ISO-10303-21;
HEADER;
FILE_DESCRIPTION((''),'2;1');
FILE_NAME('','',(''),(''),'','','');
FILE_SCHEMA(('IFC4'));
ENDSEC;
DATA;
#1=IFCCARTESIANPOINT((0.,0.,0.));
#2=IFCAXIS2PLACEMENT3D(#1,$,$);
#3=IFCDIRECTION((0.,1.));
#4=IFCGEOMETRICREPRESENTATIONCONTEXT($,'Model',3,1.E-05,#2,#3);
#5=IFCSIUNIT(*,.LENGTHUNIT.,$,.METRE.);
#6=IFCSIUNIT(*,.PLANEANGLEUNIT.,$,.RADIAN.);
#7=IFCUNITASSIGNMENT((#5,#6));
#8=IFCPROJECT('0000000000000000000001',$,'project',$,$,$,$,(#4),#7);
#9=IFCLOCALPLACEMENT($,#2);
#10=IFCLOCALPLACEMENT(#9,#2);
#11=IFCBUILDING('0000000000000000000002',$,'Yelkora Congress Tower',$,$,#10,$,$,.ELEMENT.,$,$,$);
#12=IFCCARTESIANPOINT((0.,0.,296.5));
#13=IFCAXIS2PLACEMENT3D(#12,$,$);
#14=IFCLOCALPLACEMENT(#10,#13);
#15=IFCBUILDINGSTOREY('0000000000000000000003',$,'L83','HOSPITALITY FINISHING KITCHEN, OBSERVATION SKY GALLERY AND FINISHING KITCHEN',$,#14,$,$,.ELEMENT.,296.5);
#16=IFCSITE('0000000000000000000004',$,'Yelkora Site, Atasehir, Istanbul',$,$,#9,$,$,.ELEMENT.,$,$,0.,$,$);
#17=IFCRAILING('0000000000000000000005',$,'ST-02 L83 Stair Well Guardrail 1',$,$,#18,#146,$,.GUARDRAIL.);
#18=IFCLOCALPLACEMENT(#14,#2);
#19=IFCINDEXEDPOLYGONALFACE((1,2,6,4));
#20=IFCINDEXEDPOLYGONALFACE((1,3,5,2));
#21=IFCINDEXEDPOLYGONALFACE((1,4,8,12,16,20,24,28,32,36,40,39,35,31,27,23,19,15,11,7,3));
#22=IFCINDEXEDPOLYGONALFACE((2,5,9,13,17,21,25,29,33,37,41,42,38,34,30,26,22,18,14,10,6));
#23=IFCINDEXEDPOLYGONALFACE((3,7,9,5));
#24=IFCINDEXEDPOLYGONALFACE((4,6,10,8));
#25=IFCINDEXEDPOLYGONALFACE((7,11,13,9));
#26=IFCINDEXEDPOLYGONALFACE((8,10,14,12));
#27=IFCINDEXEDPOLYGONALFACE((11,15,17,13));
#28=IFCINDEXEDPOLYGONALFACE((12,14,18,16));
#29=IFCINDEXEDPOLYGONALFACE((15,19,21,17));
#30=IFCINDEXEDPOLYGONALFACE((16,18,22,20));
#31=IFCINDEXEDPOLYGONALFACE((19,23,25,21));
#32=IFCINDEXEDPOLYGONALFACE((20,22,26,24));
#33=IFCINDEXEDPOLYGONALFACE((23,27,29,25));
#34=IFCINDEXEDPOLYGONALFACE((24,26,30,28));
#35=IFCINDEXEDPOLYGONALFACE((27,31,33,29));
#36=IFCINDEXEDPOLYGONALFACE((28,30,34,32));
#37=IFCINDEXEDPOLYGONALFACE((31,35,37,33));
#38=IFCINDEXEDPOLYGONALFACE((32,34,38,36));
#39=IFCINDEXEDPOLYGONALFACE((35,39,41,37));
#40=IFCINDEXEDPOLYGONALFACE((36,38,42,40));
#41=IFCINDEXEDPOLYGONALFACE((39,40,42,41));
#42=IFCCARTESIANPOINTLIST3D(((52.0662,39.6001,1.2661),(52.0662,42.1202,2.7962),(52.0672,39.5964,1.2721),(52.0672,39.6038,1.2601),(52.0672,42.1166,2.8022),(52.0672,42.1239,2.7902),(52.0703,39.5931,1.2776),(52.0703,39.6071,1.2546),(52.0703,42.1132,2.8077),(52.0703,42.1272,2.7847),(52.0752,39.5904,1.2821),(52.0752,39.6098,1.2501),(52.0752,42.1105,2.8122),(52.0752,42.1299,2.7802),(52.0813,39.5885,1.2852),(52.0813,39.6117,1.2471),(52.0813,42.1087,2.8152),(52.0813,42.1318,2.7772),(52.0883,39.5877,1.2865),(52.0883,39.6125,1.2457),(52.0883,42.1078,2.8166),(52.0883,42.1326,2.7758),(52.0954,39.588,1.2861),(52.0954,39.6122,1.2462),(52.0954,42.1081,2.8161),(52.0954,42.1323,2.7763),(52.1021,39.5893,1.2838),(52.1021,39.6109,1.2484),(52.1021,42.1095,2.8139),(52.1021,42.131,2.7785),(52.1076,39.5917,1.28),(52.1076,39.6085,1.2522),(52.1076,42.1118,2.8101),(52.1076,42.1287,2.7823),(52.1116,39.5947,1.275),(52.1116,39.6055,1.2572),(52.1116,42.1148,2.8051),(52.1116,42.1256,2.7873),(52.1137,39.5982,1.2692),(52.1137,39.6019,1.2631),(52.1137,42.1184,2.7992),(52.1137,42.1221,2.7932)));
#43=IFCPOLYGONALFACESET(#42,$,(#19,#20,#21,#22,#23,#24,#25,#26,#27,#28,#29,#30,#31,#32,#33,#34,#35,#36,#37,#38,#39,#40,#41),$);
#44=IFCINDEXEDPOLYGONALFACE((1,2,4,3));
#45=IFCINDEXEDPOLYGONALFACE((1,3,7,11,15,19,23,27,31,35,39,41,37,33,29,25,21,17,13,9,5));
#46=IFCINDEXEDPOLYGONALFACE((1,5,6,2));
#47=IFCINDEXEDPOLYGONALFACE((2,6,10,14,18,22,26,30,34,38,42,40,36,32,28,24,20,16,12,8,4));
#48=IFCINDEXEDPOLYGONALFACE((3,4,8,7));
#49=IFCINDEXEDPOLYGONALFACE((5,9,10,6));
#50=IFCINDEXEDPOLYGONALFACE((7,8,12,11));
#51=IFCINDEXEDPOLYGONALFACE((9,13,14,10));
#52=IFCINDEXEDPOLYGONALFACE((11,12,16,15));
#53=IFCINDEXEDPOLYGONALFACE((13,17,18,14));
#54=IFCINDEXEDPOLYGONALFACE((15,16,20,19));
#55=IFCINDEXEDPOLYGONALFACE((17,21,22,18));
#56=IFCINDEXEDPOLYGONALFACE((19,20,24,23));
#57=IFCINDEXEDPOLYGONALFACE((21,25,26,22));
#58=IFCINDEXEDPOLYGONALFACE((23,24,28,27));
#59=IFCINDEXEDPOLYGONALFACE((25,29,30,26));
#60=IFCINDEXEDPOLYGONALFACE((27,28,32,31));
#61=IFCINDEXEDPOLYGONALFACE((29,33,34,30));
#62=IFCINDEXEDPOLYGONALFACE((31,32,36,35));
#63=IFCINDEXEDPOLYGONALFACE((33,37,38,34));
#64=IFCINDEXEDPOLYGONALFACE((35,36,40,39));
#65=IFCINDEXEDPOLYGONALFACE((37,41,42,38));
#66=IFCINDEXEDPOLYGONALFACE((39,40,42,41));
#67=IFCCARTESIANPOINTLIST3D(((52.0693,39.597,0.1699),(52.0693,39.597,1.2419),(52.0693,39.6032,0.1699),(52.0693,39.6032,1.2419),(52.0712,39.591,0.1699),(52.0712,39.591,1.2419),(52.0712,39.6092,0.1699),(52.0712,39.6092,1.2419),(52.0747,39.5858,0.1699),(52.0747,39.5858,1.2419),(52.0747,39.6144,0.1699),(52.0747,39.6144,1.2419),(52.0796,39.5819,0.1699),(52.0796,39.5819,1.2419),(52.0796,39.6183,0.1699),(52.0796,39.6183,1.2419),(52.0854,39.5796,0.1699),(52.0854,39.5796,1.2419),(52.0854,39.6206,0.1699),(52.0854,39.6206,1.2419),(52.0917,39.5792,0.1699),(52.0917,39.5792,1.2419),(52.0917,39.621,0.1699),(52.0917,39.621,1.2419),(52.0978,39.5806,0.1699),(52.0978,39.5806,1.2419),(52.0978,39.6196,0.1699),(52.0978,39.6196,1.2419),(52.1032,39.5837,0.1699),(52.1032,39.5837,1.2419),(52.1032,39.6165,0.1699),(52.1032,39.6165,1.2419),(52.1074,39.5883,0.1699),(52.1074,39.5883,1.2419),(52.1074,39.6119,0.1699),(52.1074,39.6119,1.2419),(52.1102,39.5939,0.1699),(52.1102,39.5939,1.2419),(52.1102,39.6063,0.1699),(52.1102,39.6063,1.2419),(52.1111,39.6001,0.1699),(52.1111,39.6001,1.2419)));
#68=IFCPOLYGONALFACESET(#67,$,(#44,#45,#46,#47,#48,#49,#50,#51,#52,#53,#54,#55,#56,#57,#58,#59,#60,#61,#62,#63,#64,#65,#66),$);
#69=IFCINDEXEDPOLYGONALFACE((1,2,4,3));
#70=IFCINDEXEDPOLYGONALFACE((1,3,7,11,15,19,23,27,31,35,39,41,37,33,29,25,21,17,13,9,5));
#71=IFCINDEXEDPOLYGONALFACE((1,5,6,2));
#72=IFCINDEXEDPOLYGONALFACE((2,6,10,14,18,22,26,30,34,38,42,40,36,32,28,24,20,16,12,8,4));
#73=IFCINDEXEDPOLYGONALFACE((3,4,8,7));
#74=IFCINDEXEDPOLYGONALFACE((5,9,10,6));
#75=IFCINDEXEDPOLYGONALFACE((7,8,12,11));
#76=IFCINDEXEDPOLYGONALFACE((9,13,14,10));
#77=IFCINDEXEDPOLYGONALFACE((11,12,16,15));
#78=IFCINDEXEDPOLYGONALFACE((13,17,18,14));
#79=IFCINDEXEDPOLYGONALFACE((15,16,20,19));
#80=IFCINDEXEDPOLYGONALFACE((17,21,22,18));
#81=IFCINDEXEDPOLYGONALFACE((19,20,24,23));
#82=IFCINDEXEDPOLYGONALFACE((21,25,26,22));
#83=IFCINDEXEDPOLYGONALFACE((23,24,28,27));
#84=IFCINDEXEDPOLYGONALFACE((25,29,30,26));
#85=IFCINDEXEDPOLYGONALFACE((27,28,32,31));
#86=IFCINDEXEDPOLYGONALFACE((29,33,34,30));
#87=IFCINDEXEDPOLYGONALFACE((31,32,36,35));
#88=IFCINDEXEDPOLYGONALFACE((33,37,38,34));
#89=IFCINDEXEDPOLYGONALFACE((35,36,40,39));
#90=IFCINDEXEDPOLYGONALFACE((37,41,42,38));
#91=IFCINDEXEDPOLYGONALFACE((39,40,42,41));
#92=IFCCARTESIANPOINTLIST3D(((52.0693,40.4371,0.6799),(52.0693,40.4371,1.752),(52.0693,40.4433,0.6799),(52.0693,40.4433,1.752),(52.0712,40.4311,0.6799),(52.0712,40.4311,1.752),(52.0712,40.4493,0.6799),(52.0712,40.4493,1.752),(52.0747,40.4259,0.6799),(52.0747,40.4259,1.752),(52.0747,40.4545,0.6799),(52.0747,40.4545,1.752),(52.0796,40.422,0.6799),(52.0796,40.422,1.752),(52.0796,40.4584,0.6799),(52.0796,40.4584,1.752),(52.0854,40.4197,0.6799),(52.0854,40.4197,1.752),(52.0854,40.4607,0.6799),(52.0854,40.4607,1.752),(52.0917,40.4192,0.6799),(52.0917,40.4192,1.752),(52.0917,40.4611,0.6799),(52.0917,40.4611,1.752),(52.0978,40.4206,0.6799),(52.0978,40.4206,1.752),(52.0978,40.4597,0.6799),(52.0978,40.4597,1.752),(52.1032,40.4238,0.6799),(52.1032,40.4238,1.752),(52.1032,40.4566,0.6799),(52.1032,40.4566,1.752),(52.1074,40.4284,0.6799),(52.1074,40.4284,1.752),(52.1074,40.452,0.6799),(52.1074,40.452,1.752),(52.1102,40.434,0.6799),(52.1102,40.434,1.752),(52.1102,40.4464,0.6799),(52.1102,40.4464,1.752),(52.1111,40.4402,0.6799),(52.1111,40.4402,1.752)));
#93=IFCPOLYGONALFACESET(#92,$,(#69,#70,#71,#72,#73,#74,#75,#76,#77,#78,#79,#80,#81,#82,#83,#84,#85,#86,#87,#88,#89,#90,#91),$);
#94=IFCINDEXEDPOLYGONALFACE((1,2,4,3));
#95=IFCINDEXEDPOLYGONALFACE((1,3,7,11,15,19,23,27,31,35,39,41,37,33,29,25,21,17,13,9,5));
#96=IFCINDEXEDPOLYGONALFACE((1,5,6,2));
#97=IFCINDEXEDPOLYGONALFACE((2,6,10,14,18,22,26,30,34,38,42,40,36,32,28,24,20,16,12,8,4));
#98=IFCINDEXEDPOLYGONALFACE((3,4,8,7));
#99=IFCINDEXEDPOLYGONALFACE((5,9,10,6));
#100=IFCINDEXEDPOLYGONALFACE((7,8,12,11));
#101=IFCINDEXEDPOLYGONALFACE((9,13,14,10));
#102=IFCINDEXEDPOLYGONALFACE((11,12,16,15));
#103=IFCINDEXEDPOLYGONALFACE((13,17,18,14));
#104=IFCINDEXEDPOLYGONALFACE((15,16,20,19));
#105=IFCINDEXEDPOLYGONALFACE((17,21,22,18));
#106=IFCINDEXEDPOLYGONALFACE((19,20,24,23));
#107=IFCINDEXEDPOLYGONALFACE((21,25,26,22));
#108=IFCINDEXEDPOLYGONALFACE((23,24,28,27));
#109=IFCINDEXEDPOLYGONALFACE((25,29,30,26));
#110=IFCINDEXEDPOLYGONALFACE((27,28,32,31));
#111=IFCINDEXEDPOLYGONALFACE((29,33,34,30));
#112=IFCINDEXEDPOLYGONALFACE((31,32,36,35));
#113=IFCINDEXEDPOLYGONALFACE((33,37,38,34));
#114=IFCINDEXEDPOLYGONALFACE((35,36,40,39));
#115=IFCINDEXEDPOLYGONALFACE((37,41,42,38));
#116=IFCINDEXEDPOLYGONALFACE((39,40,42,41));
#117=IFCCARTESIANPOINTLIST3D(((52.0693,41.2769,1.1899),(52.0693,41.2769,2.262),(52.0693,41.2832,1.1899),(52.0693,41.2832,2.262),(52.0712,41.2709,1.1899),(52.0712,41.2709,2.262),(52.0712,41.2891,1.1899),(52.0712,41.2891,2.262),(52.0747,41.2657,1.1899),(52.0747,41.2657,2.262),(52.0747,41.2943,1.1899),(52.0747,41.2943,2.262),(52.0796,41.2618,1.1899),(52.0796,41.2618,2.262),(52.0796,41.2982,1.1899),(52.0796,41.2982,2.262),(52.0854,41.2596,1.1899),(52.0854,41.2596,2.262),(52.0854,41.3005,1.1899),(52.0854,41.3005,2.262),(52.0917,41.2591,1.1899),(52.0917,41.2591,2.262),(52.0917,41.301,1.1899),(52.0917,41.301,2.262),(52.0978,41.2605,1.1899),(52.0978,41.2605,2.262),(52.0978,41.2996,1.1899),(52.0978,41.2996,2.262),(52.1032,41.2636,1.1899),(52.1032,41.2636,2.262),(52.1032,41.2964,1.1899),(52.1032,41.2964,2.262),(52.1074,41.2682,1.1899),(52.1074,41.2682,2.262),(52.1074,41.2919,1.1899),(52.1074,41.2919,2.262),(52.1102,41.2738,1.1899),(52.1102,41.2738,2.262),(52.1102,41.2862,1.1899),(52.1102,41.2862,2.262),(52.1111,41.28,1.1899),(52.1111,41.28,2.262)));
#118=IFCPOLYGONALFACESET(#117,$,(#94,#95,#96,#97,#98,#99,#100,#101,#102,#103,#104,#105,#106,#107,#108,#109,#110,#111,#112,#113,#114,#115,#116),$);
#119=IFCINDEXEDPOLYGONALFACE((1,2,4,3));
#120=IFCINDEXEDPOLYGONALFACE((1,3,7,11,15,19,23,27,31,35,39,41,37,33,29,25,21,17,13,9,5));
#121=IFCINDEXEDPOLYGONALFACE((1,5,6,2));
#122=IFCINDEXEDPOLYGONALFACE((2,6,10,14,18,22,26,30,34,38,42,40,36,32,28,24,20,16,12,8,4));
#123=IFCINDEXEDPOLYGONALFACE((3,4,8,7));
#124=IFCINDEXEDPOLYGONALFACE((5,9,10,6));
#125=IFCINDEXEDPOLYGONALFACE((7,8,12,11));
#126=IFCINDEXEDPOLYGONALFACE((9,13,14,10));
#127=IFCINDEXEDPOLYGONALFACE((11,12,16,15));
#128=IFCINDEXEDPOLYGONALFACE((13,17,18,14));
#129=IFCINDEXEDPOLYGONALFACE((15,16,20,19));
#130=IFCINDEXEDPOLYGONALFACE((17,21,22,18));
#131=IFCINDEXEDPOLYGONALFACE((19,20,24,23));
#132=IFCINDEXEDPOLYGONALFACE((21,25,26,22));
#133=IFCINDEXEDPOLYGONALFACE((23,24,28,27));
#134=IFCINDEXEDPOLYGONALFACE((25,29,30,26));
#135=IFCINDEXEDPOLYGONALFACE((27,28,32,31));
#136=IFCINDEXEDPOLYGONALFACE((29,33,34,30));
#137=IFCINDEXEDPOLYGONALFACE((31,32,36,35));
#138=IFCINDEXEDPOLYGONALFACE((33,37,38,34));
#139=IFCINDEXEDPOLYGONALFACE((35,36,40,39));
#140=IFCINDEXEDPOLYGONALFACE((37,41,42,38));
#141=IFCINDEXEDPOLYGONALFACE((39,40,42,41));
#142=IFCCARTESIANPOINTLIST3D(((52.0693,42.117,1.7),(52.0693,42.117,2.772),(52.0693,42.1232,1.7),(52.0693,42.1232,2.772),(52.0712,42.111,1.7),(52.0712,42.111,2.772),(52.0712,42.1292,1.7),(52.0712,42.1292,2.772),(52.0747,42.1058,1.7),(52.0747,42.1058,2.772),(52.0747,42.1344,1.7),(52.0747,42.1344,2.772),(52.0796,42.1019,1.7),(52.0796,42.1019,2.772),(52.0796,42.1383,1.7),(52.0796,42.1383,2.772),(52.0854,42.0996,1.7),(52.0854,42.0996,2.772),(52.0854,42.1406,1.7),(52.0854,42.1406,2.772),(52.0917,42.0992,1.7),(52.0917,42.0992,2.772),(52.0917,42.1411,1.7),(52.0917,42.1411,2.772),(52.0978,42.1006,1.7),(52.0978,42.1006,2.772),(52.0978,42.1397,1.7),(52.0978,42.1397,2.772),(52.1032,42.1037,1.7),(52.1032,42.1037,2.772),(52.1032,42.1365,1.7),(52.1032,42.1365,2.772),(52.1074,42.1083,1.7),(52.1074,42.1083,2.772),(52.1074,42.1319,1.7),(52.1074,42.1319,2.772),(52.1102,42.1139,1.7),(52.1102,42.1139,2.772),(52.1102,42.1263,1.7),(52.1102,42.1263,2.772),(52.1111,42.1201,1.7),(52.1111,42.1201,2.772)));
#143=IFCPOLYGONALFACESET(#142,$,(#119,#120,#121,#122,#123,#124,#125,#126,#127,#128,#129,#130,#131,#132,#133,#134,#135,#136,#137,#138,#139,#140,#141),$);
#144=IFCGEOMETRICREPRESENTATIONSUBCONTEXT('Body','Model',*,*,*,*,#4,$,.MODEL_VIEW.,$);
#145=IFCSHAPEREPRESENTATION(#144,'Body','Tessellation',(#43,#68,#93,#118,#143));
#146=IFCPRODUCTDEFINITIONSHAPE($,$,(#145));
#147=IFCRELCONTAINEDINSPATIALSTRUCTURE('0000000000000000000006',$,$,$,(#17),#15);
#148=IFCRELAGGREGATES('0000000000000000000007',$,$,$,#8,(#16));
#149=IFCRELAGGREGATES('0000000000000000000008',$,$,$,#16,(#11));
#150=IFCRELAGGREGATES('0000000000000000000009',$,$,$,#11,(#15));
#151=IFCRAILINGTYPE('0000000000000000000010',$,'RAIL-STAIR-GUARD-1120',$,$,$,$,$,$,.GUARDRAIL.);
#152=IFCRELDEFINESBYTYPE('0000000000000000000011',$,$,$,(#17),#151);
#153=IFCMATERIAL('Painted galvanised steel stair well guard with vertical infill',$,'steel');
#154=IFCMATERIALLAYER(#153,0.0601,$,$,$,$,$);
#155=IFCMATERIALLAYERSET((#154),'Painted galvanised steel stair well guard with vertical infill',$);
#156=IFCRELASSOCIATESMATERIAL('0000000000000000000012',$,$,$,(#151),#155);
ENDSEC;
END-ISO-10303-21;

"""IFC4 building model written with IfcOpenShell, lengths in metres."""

from ifc_helpers import new_model, si_unit, direction, frame, origin, origin_2d, place, context, subcontext, project, spatial, circle, extrude, material, layer, layer_set, type_object, element, save


model = new_model("IFC4")

# Units and contexts
model_context = context("Model", 3, precision=1e-05, world=origin(), true_north=direction((0.0, 1.0)))
body_context = subcontext(model_context, "Body", "Model", "MODEL_VIEW")
ifc_project = project(units=[si_unit("LENGTHUNIT", "METRE"), si_unit("PLANEANGLEUNIT", "RADIAN")], contexts=[model_context])

# Site, building, storey
site_placement = place(None, origin())
site = spatial("IfcSite", under=ifc_project, at=site_placement, Name="Yelkora Site, Atasehir, Istanbul", CompositionType="ELEMENT", RefElevation=0.0)
building_placement = place(site_placement, origin())
building = spatial("IfcBuilding", under=site, at=building_placement, Name="Yelkora Congress Tower", CompositionType="ELEMENT")
storey_placement = place(building_placement, frame((0.0, 0.0, 296.5)))
storey = spatial("IfcBuildingStorey", under=building, at=storey_placement, Name="L83", Description="HOSPITALITY FINISHING KITCHEN, OBSERVATION SKY GALLERY AND FINISHING KITCHEN", CompositionType="ELEMENT", Elevation=296.5)

# Railing
ifc_material_1 = material(Name="Painted galvanised steel stair well guard with vertical infill", Category="steel")
ifc_layer_1 = layer(ifc_material_1, 0.0601)
ifc_layer_set_1 = layer_set([ifc_layer_1], Name="Painted galvanised steel stair well guard with vertical infill")
railing_type_1 = type_object("IfcRailingType", Name="RAIL-STAIR-GUARD-1120", PredefinedType="GUARDRAIL", material=ifc_layer_set_1)
railing_1_placement = place(storey_placement, frame((52.0901, 39.6001, 0.1699)))
element("IfcRailing", 1, at=railing_1_placement, inside=storey, type_object=railing_type_1, Name="ST-02 L83 Stair Well Guardrail 1", PredefinedType="GUARDRAIL", context=body_context, shape_type="SweptSolid", body=[
    extrude(circle(Radius=0.0239, at=origin_2d()), frame((0.0, 0.0, 1.0962), z_axis=(0.0, 0.854785, 0.518982), x_axis=(-1.0, 0.0, 0.0)), (0.0, 0.0, 1.0), 2.9482),
    extrude(circle(Radius=0.021, at=origin_2d()), origin(), (0.0, 0.0, 1.0), 1.072),
    extrude(circle(Radius=0.021, at=origin_2d()), frame((0.0, 0.8401, 0.51)), (0.0, 0.0, 1.0), 1.072),
    extrude(circle(Radius=0.021, at=origin_2d()), frame((0.0, 1.6799, 1.02)), (0.0, 0.0, 1.0), 1.072),
    extrude(circle(Radius=0.021, at=origin_2d()), frame((0.0, 2.52, 1.53)), (0.0, 0.0, 1.0), 1.072),
])

save(model, "model.ifc")
